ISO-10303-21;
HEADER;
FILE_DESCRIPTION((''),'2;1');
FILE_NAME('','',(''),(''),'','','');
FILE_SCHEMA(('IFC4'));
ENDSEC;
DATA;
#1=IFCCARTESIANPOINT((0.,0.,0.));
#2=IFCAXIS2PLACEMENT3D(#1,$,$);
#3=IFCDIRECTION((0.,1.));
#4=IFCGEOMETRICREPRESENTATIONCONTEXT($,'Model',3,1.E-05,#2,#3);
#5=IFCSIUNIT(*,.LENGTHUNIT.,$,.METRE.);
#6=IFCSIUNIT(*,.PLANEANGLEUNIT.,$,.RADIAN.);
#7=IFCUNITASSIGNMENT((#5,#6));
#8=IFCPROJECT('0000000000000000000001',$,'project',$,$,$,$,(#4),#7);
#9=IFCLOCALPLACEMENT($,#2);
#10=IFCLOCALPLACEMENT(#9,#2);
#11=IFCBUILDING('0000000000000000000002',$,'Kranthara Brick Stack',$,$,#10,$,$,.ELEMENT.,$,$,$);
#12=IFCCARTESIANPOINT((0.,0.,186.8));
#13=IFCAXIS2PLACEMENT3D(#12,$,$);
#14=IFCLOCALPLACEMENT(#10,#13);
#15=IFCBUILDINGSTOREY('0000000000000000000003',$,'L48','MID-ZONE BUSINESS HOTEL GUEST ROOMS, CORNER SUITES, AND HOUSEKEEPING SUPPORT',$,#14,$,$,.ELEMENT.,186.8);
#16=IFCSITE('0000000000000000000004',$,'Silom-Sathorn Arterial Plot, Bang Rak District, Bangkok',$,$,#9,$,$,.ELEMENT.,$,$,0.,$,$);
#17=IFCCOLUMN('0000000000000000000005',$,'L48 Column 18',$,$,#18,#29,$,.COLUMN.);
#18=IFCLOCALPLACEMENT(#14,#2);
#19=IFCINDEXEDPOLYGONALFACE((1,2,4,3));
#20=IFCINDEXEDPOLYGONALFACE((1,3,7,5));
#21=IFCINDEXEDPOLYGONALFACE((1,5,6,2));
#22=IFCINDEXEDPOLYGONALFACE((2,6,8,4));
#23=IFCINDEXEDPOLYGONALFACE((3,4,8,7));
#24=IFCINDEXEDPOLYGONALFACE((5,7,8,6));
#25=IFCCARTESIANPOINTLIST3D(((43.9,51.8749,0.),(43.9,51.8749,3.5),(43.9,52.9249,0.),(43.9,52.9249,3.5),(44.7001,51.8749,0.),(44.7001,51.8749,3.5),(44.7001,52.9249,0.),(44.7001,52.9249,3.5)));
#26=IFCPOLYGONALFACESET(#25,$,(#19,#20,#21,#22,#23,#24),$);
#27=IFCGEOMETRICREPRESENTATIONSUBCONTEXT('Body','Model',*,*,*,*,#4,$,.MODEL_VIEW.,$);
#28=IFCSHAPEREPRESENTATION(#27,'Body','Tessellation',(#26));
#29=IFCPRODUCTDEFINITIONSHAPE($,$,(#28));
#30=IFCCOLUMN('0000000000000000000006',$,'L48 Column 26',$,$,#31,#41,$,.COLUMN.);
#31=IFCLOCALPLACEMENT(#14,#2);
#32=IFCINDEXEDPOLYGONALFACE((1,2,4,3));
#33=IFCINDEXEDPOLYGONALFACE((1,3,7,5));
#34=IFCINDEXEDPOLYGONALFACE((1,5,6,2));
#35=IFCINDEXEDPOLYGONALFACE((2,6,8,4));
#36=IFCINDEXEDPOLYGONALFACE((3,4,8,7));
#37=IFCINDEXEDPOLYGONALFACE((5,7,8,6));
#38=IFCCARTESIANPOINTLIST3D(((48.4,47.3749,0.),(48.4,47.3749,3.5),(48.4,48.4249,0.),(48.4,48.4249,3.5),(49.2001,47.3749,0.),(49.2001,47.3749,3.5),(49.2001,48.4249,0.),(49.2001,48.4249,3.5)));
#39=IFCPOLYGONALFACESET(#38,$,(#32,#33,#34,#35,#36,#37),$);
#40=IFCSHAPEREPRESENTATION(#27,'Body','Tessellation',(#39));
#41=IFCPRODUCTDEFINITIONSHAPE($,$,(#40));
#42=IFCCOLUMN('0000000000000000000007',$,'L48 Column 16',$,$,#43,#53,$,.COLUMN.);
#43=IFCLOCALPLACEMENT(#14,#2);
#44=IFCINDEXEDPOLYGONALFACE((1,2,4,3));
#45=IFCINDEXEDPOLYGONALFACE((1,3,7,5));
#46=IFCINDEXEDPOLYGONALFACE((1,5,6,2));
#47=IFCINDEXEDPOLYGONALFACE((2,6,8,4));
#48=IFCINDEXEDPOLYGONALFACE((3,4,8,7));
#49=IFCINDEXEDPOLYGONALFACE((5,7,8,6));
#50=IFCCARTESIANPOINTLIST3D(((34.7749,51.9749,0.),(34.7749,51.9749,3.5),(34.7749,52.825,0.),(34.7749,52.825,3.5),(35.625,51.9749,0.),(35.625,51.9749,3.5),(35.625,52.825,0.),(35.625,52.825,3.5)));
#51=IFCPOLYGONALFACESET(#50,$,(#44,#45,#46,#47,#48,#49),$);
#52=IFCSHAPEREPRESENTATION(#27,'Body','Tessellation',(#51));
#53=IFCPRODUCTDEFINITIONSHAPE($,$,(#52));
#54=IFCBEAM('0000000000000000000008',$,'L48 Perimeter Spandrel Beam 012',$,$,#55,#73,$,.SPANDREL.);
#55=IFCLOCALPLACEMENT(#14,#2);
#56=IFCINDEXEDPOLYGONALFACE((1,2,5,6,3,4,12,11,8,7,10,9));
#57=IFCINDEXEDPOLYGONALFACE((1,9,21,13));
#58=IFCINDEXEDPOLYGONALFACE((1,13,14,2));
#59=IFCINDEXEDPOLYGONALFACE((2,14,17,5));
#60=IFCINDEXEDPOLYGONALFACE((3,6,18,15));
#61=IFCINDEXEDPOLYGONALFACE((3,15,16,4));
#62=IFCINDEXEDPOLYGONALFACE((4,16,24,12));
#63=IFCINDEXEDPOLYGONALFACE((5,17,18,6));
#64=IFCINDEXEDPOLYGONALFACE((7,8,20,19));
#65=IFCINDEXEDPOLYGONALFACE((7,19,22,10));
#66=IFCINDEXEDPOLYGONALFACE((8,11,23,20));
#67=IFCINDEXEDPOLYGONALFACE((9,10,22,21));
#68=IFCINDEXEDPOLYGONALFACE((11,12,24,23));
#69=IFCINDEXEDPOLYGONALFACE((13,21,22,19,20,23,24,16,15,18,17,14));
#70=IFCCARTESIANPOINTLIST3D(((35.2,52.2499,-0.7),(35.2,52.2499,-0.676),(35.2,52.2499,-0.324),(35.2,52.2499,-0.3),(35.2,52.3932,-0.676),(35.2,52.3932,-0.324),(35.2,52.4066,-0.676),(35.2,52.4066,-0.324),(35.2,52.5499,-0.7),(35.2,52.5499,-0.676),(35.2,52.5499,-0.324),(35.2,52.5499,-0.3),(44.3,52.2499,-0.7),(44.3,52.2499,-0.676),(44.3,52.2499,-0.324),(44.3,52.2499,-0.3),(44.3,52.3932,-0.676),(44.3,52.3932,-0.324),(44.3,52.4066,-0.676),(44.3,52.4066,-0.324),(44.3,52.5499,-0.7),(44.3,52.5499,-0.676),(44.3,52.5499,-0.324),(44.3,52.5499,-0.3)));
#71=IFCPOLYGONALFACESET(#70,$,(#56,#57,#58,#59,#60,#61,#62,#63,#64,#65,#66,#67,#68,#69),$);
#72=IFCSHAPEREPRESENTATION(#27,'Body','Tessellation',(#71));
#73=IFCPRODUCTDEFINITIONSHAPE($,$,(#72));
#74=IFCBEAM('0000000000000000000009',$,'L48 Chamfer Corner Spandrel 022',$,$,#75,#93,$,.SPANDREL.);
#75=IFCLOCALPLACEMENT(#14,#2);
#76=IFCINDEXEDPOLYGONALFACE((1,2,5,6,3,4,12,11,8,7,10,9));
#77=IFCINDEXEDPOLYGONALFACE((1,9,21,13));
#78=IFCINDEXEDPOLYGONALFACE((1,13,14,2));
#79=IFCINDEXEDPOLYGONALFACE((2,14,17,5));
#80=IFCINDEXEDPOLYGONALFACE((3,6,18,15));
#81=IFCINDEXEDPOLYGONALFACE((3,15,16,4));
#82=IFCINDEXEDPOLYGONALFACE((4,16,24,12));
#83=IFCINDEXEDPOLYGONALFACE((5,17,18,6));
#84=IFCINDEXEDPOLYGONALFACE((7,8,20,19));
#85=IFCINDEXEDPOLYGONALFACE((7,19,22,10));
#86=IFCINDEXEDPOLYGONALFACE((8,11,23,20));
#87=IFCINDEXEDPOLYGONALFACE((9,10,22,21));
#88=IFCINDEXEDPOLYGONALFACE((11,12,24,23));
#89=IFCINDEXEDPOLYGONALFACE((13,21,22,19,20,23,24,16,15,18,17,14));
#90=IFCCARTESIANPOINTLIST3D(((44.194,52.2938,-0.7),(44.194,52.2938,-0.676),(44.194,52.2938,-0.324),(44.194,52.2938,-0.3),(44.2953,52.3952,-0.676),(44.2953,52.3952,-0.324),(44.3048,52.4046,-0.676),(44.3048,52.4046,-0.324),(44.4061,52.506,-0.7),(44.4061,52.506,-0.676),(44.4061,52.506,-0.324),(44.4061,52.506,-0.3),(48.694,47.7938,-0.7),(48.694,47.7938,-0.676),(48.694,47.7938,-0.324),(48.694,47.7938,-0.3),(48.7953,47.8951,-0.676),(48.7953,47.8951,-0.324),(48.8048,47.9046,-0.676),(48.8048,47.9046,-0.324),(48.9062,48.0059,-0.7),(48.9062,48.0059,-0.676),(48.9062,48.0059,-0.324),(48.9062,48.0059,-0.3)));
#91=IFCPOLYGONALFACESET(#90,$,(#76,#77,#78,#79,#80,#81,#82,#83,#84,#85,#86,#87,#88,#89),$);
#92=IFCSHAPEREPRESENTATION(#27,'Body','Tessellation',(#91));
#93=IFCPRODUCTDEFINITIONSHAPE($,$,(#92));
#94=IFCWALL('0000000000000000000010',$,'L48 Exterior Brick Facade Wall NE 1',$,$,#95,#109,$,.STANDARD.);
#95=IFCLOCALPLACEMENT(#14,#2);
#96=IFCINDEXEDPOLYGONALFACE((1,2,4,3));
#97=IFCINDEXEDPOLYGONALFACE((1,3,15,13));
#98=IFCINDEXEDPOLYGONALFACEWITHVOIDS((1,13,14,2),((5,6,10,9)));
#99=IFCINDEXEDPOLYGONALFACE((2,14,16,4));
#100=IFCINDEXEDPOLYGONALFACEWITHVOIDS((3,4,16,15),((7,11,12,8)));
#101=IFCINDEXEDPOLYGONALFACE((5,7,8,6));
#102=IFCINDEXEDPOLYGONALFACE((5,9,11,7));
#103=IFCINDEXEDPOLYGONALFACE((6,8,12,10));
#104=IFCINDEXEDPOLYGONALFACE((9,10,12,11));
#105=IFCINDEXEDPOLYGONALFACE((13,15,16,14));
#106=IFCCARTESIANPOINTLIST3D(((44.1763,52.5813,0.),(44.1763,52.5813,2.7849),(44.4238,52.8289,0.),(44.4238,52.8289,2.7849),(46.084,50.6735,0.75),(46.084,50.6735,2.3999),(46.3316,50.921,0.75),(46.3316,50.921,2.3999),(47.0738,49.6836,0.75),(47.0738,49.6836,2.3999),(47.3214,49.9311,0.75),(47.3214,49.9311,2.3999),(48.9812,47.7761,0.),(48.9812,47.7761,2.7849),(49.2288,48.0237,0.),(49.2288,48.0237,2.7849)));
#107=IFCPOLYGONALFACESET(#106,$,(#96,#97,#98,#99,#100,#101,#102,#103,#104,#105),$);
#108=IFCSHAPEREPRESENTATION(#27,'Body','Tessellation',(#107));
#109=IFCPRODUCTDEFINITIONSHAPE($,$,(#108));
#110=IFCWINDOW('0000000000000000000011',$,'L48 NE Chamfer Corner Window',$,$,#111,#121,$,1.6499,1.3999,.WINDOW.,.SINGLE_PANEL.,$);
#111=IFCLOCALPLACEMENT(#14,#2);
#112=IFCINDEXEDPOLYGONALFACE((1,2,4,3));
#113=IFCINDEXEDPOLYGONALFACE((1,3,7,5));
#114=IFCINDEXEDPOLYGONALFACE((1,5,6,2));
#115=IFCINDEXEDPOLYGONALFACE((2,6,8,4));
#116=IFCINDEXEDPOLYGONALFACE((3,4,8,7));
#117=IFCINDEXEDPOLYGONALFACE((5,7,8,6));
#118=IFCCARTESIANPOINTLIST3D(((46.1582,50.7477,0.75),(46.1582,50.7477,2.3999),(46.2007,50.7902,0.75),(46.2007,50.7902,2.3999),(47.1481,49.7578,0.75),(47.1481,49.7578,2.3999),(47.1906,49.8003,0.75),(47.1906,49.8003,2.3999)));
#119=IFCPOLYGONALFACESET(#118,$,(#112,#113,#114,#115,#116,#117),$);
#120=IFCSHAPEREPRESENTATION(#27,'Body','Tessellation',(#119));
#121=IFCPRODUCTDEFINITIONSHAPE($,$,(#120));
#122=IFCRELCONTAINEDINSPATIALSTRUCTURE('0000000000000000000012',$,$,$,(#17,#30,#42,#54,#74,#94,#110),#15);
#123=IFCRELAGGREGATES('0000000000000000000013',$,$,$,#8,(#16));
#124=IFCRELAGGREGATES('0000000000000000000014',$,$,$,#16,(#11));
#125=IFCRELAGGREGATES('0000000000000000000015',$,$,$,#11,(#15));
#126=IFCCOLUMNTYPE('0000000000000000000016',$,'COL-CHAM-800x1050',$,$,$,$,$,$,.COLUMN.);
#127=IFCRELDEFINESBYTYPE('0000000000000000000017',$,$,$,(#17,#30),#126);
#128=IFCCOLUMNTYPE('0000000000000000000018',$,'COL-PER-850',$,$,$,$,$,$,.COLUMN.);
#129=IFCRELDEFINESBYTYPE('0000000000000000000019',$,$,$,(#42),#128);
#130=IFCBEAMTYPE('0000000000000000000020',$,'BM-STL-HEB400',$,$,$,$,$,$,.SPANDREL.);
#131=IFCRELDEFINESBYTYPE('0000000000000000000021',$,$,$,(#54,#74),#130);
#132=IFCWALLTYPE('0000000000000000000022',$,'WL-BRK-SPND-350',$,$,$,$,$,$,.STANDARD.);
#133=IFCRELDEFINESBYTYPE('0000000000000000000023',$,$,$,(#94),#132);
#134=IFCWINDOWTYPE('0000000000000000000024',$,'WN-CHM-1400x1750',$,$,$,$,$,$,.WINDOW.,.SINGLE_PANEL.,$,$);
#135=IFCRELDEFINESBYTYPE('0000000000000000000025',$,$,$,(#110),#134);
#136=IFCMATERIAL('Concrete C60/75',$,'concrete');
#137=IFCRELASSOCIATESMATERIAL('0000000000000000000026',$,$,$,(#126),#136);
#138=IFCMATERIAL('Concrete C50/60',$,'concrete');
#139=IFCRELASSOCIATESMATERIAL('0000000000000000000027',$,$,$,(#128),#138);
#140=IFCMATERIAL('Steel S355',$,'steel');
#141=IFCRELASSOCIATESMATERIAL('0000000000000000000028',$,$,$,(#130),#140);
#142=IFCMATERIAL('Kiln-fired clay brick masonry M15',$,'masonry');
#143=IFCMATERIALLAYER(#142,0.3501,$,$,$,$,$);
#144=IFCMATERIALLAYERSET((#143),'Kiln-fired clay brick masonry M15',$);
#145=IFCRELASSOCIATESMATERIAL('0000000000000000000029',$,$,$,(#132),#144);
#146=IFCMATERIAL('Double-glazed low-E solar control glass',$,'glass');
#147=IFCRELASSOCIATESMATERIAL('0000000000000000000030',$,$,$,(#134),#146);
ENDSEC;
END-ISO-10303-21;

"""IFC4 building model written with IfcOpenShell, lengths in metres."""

from ifc_helpers import new_model, si_unit, direction, frame, frame_2d, origin, origin_2d, place, context, subcontext, project, spatial, rectangle, i_section, extrude, material, layer, layer_set, material_profile, profile_set, type_object, element, fill, save


model = new_model("IFC4")

# Units and contexts
model_context = context("Model", 3, precision=1e-05, world=origin(), true_north=direction((0.0, 1.0)))
body_context = subcontext(model_context, "Body", "Model", "MODEL_VIEW")
ifc_project = project(units=[si_unit("LENGTHUNIT", "METRE"), si_unit("PLANEANGLEUNIT", "RADIAN")], contexts=[model_context])

# Site, building, storey
site_placement = place(None, origin())
site = spatial("IfcSite", under=ifc_project, at=site_placement, Name="Silom-Sathorn Arterial Plot, Bang Rak District, Bangkok", CompositionType="ELEMENT", RefElevation=0.0)
building_placement = place(site_placement, origin())
building = spatial("IfcBuilding", under=site, at=building_placement, Name="Kranthara Brick Stack", CompositionType="ELEMENT")
storey_placement = place(building_placement, frame((0.0, 0.0, 186.8)))
storey = spatial("IfcBuildingStorey", under=building, at=storey_placement, Name="L48", Description="MID-ZONE BUSINESS HOTEL GUEST ROOMS, CORNER SUITES, AND HOUSEKEEPING SUPPORT", CompositionType="ELEMENT", Elevation=186.8)

# Columns
ifc_material_1 = material(Name="Concrete C60/75", Category="concrete")
ifc_material_profile_1 = material_profile(ifc_material_1, rectangle(XDim=0.8, YDim=1.05, at=origin_2d()), Name="RC 800x1050")
ifc_profile_set_1 = profile_set([ifc_material_profile_1], Name="Concrete C60/75")
column_type_1 = type_object("IfcColumnType", Name="COL-CHAM-800x1050", PredefinedType="COLUMN", material=ifc_profile_set_1)
for number, where, z_axis, x_axis, name in (
    (1, (44.3, 52.3999, 0.0), (0.0, 0.0, 1.0), (1.0, 0.0, 0.0), "L48 Column 18"),
    (2, (48.8, 47.8999, 0.0), (0.0, 0.0, 1.0), (1.0, 0.0, 0.0), "L48 Column 26"),
):
    element("IfcColumn", number, at=place(storey_placement, frame(where, z_axis=z_axis, x_axis=x_axis)), inside=storey, type_object=column_type_1, Name=name, PredefinedType="COLUMN", context=body_context, shape_type="SweptSolid", body=[
        extrude(rectangle(XDim=0.8, YDim=1.05, at=origin_2d()), origin(), (0.0, 0.0, 1.0), 3.5),
    ])
ifc_material_2 = material(Name="Concrete C50/60", Category="concrete")
ifc_material_profile_2 = material_profile(ifc_material_2, rectangle(XDim=0.8501, YDim=0.8501, at=origin_2d()), Name="RC 850x850")
ifc_profile_set_2 = profile_set([ifc_material_profile_2], Name="Concrete C50/60")
column_type_2 = type_object("IfcColumnType", Name="COL-PER-850", PredefinedType="COLUMN", material=ifc_profile_set_2)
column_placement = place(storey_placement, frame((35.2, 52.3999, 0.0), z_axis=(0.0, 0.0, 1.0), x_axis=(1.0, 0.0, 0.0)))
element("IfcColumn", 3, at=column_placement, inside=storey, type_object=column_type_2, Name="L48 Column 16", PredefinedType="COLUMN", context=body_context, shape_type="SweptSolid", body=[
    extrude(rectangle(XDim=0.8501, YDim=0.8501, at=origin_2d()), origin(), (0.0, 0.0, 1.0), 3.5),
])

# Beams
ifc_material_3 = material(Name="Steel S355", Category="steel")
ifc_material_profile_3 = material_profile(ifc_material_3, i_section(OverallWidth=0.3, OverallDepth=0.3999, WebThickness=0.0134, FlangeThickness=0.0239, at=origin_2d()), Name="HEB 400")
ifc_profile_set_3 = profile_set([ifc_material_profile_3], Name="Steel S355")
beam_type = type_object("IfcBeamType", Name="BM-STL-HEB400", PredefinedType="SPANDREL", material=ifc_profile_set_3)
beam_1_placement = place(storey_placement, frame((35.2, 52.3999, -0.5), z_axis=(1.0, 0.0, 0.0), x_axis=(0.0, 1.0, 0.0)))
element("IfcBeam", 4, at=beam_1_placement, inside=storey, type_object=beam_type, Name="L48 Perimeter Spandrel Beam 012", PredefinedType="SPANDREL", context=body_context, shape_type="SweptSolid", body=[
    extrude(i_section(OverallWidth=0.3, OverallDepth=0.3999, WebThickness=0.0134, FlangeThickness=0.0239, at=origin_2d()), origin(), (0.0, 0.0, 1.0), 9.1001),
])
beam_2_placement = place(storey_placement, frame((44.3, 52.3999, -0.5), z_axis=(0.707107, -0.707107, 0.0), x_axis=(0.707107, 0.707107, 0.0)))
element("IfcBeam", 5, at=beam_2_placement, inside=storey, type_object=beam_type, Name="L48 Chamfer Corner Spandrel 022", PredefinedType="SPANDREL", context=body_context, shape_type="SweptSolid", body=[
    extrude(i_section(OverallWidth=0.3, OverallDepth=0.3999, WebThickness=0.0134, FlangeThickness=0.0239, at=origin_2d()), origin(), (0.0, 0.0, 1.0), 6.364),
])

# Wall, opening, window
ifc_material_4 = material(Name="Kiln-fired clay brick masonry M15", Category="masonry")
ifc_layer_1 = layer(ifc_material_4, 0.3501)
ifc_layer_set_1 = layer_set([ifc_layer_1], Name="Kiln-fired clay brick masonry M15")
wall_type_1 = type_object("IfcWallType", Name="WL-BRK-SPND-350", PredefinedType="STANDARD", material=ifc_layer_set_1)
wall_1_placement = place(storey_placement, frame((44.3, 52.7051, 0.0), z_axis=(0.0, 0.0, 1.0), x_axis=(0.707089, -0.707125, 0.0)))
wall_1 = element("IfcWall", 6, at=wall_1_placement, inside=storey, type_object=wall_type_1, Name="L48 Exterior Brick Facade Wall NE 1", PredefinedType="STANDARD", context=body_context, shape_type="SweptSolid", body=[
    extrude(rectangle(XDim=6.7954, YDim=0.3501, at=frame_2d((3.3977, 0.0))), origin(), (0.0, 0.0, 1.0), 2.7849),
])
opening_1_placement = place(wall_1_placement, frame((2.698, 0.0, 0.75)))
opening_1 = element("IfcOpeningElement", 7, at=opening_1_placement, cuts=wall_1, PredefinedType="OPENING", context=body_context, shape_type="SweptSolid", body=[
    extrude(rectangle(XDim=1.3999, YDim=1.6499, at=frame_2d((0.7, 0.825))), frame((0.0, 0.1851, 0.0), z_axis=(0.0, -1.0, 0.0), x_axis=(1.0, 0.0, 0.0)), (0.0, 0.0, 1.0), 0.3701),
])
ifc_material_5 = material(Name="Double-glazed low-E solar control glass", Category="glass")
window_type_1 = type_object("IfcWindowType", Name="WN-CHM-1400x1750", PartitioningType="SINGLE_PANEL", PredefinedType="WINDOW", material=ifc_material_5)
window_1_placement = place(opening_1_placement, origin())
window_1 = element("IfcWindow", 8, at=window_1_placement, inside=storey, type_object=window_type_1, Name="L48 NE Chamfer Corner Window", OverallHeight=1.6499, OverallWidth=1.3999, PartitioningType="SINGLE_PANEL", PredefinedType="WINDOW", context=body_context, shape_type="SweptSolid", body=[
    extrude(rectangle(XDim=1.3999, YDim=1.6499, at=frame_2d((0.7, 0.825))), frame((0.0, -0.01, 0.0), z_axis=(0.0, -1.0, 0.0), x_axis=(1.0, 0.0, 0.0)), (0.0, 0.0, 1.0), 0.0601),
])
fill(opening_1, window_1)

save(model, "model.ifc")
